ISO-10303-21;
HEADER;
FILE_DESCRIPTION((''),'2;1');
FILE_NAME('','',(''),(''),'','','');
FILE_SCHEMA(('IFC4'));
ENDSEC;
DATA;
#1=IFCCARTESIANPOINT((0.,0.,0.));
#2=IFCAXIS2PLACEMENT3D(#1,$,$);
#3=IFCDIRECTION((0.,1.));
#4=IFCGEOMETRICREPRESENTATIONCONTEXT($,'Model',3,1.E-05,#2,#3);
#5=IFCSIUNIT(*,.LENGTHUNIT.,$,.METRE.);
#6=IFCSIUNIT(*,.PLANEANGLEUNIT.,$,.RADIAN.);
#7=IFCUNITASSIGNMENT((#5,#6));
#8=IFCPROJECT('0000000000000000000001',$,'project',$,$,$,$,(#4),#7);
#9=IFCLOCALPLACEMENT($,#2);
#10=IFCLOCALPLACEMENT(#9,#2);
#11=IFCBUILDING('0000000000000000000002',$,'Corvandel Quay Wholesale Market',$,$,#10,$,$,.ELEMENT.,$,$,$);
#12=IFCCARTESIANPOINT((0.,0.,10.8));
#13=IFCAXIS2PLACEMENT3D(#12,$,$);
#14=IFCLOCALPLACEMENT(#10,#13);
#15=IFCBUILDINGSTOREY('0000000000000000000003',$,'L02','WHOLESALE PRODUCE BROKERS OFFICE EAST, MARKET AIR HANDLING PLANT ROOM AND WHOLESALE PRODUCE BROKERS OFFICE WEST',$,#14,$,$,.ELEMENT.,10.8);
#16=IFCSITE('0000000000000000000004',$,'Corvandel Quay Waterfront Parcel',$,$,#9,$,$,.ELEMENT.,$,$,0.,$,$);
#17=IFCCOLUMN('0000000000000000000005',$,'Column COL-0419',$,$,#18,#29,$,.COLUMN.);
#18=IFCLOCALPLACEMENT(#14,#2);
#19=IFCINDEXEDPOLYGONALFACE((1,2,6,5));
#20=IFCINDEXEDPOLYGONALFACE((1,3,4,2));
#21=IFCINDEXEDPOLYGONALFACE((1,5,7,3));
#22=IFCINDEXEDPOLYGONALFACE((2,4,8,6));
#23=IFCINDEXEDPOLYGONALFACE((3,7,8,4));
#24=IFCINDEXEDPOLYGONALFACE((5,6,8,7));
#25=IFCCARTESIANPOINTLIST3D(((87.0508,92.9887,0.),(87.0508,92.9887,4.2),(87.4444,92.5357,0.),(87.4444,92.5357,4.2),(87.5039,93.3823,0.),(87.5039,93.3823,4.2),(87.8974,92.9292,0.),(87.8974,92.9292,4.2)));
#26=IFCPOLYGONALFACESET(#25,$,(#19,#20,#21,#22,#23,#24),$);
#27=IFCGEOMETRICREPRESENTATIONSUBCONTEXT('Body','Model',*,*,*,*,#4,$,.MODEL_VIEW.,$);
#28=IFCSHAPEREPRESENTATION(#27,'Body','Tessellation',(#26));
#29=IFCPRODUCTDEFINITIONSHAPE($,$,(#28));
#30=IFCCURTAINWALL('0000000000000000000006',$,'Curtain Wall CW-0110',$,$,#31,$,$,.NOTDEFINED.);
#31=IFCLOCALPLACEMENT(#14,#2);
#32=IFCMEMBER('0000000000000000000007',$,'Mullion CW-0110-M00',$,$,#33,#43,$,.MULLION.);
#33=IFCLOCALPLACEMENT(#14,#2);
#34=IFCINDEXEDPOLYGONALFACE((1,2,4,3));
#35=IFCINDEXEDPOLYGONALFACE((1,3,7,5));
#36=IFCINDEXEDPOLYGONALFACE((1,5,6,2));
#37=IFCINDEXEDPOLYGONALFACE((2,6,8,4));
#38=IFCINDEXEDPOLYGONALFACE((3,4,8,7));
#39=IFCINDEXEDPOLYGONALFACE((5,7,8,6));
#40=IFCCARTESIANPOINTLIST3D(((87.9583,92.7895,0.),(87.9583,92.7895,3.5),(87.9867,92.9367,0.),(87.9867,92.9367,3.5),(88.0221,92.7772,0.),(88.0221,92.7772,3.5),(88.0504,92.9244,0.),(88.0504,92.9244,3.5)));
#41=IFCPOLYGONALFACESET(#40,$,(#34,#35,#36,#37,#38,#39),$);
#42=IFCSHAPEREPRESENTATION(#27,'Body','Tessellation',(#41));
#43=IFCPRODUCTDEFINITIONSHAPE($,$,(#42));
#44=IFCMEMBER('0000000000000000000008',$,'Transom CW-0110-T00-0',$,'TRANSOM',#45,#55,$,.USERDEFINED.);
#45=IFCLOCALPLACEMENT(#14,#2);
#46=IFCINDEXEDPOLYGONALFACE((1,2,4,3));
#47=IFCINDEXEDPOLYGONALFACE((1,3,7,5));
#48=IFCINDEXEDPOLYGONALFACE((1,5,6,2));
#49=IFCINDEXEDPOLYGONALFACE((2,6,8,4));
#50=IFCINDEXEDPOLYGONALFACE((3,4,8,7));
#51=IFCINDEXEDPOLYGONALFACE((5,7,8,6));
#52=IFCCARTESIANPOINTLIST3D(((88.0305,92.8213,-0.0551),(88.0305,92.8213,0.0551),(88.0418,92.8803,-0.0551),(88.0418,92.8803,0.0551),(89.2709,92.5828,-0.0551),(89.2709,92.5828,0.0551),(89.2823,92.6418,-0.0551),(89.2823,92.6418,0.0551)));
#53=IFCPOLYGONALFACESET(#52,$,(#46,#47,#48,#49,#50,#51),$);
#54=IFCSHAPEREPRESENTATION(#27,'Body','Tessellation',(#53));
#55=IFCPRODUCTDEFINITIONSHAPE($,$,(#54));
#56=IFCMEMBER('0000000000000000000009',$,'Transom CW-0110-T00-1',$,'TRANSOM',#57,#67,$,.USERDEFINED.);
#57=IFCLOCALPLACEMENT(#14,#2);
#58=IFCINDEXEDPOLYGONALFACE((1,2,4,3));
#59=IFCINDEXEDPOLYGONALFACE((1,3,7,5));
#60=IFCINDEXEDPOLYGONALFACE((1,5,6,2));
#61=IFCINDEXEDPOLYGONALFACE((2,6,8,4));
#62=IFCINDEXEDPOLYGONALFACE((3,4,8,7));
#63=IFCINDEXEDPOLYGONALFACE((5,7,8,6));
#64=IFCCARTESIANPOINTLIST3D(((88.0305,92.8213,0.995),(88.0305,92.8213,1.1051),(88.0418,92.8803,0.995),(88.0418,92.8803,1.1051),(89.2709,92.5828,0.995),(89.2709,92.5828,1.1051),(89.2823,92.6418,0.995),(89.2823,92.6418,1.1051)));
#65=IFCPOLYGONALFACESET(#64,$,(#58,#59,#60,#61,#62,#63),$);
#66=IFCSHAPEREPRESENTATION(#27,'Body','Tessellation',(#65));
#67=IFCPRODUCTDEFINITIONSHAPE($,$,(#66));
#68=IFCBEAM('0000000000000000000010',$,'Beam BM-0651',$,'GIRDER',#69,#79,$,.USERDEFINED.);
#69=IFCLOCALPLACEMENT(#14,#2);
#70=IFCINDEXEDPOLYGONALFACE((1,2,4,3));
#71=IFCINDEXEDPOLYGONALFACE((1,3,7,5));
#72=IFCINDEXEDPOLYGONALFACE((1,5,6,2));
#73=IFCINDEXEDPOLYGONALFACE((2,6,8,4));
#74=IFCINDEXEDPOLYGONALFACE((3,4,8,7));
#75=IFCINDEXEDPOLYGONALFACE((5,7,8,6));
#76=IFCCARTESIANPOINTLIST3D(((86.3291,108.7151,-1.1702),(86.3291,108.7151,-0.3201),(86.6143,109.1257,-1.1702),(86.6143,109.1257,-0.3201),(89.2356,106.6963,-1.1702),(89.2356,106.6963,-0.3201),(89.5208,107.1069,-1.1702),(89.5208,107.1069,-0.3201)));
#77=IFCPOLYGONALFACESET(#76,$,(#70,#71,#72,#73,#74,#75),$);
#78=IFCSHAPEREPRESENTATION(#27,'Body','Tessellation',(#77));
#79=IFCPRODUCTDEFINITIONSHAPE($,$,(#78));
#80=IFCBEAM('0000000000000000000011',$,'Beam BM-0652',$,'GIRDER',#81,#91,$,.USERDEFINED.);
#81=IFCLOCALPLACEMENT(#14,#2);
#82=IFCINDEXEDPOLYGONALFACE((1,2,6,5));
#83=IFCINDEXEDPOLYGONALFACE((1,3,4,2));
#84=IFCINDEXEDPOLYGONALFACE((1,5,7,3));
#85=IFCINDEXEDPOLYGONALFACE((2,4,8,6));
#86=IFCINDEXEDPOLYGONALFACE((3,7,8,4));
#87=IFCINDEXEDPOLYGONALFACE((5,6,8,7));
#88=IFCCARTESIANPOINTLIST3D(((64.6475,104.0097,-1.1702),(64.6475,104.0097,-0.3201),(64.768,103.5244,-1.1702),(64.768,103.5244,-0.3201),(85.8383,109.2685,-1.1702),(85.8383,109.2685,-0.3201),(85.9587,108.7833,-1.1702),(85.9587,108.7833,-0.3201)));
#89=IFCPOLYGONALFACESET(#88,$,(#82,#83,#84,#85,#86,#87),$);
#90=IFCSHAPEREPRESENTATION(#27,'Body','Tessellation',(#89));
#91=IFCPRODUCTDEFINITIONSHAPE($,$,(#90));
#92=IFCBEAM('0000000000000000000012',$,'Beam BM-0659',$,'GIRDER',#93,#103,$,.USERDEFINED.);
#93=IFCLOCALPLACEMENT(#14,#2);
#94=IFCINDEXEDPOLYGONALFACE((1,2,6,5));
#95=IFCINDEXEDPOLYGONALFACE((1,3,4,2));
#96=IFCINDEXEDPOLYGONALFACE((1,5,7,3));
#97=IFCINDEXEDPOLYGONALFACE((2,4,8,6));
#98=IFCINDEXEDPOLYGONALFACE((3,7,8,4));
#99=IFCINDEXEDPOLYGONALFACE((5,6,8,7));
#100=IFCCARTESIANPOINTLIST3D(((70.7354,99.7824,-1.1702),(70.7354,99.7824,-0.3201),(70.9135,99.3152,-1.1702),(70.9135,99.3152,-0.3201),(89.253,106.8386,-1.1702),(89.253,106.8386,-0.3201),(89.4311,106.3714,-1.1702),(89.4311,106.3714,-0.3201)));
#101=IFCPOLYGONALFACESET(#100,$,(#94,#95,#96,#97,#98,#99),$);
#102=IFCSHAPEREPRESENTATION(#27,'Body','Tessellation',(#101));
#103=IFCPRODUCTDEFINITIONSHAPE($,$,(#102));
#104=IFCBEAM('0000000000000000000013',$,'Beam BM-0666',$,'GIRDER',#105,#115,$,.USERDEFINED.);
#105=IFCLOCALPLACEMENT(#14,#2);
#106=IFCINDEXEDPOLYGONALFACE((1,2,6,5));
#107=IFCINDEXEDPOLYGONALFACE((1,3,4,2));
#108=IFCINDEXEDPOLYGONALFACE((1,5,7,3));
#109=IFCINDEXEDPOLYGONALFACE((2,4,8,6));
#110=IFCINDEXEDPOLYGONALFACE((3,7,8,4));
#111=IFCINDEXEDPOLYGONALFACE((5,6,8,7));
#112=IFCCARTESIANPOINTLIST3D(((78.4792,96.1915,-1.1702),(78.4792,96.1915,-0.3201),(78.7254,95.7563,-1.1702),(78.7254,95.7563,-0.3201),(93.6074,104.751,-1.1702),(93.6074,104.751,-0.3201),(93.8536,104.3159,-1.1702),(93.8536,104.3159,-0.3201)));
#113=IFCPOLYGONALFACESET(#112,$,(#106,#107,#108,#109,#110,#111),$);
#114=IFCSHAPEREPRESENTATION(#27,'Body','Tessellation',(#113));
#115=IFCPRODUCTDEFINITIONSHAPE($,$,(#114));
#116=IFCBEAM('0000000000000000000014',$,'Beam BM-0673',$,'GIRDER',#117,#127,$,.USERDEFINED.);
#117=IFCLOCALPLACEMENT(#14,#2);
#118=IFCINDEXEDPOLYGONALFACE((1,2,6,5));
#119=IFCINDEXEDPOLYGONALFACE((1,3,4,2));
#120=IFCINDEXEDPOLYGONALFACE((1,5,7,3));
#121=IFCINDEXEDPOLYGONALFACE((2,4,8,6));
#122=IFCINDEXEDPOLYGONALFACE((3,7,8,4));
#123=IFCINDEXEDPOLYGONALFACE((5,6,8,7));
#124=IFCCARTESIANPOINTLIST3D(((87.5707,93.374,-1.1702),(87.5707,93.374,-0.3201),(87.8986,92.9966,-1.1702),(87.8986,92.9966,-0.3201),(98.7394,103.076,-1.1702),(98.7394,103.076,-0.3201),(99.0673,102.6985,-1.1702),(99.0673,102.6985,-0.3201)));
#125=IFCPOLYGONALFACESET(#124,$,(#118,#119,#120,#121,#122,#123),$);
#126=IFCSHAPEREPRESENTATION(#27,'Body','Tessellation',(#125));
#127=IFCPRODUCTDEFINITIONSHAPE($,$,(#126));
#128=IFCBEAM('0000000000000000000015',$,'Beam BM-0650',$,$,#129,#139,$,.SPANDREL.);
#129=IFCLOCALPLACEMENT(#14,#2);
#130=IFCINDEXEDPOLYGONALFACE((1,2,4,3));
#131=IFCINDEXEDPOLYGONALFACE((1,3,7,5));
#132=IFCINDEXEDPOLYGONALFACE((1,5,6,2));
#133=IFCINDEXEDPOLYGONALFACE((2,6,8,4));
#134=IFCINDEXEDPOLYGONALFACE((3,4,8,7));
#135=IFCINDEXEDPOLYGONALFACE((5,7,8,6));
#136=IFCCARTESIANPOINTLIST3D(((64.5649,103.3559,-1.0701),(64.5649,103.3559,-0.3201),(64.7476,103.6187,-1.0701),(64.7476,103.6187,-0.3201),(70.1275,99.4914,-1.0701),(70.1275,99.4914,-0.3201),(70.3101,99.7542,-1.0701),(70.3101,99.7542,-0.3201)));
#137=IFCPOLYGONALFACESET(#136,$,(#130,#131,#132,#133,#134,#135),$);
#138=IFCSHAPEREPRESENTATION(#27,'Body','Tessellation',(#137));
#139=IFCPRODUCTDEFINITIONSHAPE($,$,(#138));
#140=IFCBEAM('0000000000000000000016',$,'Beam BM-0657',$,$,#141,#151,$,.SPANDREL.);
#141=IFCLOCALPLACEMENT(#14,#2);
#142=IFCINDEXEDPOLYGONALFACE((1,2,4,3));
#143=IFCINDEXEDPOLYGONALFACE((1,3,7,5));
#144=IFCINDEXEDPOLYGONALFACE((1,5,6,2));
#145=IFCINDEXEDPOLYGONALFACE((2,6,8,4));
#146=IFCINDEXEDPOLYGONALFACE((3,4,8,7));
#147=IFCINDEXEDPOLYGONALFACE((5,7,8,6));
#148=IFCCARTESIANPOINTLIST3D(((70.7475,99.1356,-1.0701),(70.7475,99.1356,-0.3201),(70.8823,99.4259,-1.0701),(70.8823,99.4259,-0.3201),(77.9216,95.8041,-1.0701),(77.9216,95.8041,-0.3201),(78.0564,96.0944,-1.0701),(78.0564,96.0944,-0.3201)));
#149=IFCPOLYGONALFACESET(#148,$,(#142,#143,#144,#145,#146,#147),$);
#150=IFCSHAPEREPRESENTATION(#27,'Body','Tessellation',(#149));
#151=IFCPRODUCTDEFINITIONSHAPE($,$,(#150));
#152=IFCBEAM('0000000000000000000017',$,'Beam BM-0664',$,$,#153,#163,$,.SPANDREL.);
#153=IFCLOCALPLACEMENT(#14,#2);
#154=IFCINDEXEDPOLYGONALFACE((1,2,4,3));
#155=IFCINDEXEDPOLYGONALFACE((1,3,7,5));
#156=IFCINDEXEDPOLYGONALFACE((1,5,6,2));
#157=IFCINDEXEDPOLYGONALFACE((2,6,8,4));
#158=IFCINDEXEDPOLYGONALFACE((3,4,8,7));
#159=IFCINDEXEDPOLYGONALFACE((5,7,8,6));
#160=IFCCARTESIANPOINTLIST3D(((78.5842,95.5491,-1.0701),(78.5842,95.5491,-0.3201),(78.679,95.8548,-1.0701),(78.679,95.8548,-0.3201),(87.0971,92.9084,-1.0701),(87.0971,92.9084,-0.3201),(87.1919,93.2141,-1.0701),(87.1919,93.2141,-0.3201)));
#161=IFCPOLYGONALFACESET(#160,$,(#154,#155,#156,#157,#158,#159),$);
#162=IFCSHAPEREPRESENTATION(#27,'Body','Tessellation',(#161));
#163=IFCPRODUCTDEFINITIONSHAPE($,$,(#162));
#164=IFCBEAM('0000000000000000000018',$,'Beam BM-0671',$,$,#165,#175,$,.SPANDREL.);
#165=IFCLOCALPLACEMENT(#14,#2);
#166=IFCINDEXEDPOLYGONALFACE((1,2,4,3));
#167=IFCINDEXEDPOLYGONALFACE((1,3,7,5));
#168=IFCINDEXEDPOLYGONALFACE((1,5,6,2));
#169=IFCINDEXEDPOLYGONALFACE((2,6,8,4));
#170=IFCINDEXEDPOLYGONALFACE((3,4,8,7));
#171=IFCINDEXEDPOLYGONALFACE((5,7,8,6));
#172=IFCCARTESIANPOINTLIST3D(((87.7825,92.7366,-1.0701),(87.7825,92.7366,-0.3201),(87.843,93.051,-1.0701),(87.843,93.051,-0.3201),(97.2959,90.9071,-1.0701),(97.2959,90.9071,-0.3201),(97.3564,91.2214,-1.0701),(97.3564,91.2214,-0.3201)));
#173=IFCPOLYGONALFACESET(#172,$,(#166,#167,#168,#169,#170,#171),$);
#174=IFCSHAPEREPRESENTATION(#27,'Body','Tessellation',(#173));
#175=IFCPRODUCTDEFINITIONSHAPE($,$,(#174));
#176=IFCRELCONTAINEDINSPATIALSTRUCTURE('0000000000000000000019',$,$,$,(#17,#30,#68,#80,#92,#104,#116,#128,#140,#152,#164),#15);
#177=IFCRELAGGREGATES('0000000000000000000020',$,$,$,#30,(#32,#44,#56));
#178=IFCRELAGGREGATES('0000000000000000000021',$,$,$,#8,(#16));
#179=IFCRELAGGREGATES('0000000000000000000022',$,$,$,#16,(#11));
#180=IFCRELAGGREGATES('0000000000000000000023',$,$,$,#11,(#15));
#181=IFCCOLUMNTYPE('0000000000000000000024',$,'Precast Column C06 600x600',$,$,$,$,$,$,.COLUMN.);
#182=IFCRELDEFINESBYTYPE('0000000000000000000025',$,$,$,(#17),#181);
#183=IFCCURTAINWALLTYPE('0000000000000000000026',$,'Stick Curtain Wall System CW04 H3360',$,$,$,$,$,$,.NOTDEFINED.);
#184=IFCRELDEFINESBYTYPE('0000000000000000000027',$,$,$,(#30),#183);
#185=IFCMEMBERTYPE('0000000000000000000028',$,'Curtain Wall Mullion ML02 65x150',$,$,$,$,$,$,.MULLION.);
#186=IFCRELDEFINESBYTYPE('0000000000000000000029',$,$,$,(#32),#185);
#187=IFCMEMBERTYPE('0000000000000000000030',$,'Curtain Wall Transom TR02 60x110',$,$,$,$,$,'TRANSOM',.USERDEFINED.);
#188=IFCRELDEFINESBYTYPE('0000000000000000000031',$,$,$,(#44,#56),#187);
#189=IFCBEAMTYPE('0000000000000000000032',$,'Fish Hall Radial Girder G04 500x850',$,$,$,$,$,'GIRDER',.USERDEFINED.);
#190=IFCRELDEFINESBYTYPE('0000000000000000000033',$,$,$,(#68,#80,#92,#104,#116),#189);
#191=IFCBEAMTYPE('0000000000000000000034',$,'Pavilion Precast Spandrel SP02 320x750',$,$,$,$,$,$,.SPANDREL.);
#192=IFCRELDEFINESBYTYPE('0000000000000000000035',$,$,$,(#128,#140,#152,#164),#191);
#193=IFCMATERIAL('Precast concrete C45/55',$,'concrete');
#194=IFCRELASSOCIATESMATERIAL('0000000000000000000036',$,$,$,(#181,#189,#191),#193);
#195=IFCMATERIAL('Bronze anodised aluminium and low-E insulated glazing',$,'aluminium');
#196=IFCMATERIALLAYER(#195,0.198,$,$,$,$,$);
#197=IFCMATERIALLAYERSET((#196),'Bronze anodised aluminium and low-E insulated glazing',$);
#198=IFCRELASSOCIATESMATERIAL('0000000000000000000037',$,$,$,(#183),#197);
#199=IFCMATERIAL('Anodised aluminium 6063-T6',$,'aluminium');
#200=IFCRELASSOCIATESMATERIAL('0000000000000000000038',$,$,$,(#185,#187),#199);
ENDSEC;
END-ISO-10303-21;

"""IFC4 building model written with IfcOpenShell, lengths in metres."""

from ifc_helpers import new_model, si_unit, direction, frame, origin, origin_2d, place, context, subcontext, project, spatial, rectangle, extrude, material, layer, layer_set, material_profile, profile_set, type_object, element, aggregate, save


model = new_model("IFC4")

# Units and contexts
model_context = context("Model", 3, precision=1e-05, world=origin(), true_north=direction((0.0, 1.0)))
body_context = subcontext(model_context, "Body", "Model", "MODEL_VIEW")
ifc_project = project(units=[si_unit("LENGTHUNIT", "METRE"), si_unit("PLANEANGLEUNIT", "RADIAN")], contexts=[model_context])

# Site, building, storey
site_placement = place(None, origin())
site = spatial("IfcSite", under=ifc_project, at=site_placement, Name="Corvandel Quay Waterfront Parcel", CompositionType="ELEMENT", RefElevation=0.0)
building_placement = place(site_placement, origin())
building = spatial("IfcBuilding", under=site, at=building_placement, Name="Corvandel Quay Wholesale Market", CompositionType="ELEMENT")
storey_placement = place(building_placement, frame((0.0, 0.0, 10.8)))
storey = spatial("IfcBuildingStorey", under=building, at=storey_placement, Name="L02", Description="WHOLESALE PRODUCE BROKERS OFFICE EAST, MARKET AIR HANDLING PLANT ROOM AND WHOLESALE PRODUCE BROKERS OFFICE WEST", CompositionType="ELEMENT", Elevation=10.8)

# Column
ifc_material_1 = material(Name="Precast concrete C45/55", Category="concrete")
ifc_material_profile_1 = material_profile(ifc_material_1, rectangle(XDim=0.6001, YDim=0.6001, at=origin_2d()), Name="PC-COL-600x600")
ifc_profile_set_1 = profile_set([ifc_material_profile_1], Name="Precast concrete C45/55")
column_type = type_object("IfcColumnType", Name="Precast Column C06 600x600", PredefinedType="COLUMN", material=ifc_profile_set_1)
column_placement = place(storey_placement, frame((87.4741, 92.959, 0.0), z_axis=(0.0, 0.0, 1.0), x_axis=(-0.655796, 0.754939, 0.0)))
element("IfcColumn", 1, at=column_placement, inside=storey, type_object=column_type, Name="Column COL-0419", PredefinedType="COLUMN", context=body_context, shape_type="SweptSolid", body=[
    extrude(rectangle(XDim=0.6001, YDim=0.6001, at=origin_2d()), origin(), (0.0, 0.0, 1.0), 4.2),
])

# Curtain wall, members
ifc_material_2 = material(Name="Bronze anodised aluminium and low-E insulated glazing", Category="aluminium")
ifc_layer_1 = layer(ifc_material_2, 0.198)
ifc_layer_set_1 = layer_set([ifc_layer_1], Name="Bronze anodised aluminium and low-E insulated glazing")
curtain_wall_type = type_object("IfcCurtainWallType", Name="Stick Curtain Wall System CW04 H3360", PredefinedType="NOTDEFINED", material=ifc_layer_set_1)
curtain_wall_placement = place(storey_placement, origin())
curtain_wall = element("IfcCurtainWall", 2, at=curtain_wall_placement, inside=storey, type_object=curtain_wall_type, Name="Curtain Wall CW-0110", PredefinedType="NOTDEFINED")
ifc_material_3 = material(Name="Anodised aluminium 6063-T6", Category="aluminium")
ifc_material_profile_2 = material_profile(ifc_material_3, rectangle(XDim=0.0649, YDim=0.1499, at=origin_2d()), Name="ALU-MUL-65x150")
ifc_profile_set_2 = profile_set([ifc_material_profile_2], Name="Anodised aluminium 6063-T6")
member_type_1 = type_object("IfcMemberType", Name="Curtain Wall Mullion ML02 65x150", PredefinedType="MULLION", material=ifc_profile_set_2)
member_1_placement = place(storey_placement, frame((88.0044, 92.8569, 0.0), z_axis=(0.0, 0.0, 1.0), x_axis=(-0.981992, 0.188924, 0.0)))
member_1 = element("IfcMember", 3, at=member_1_placement, type_object=member_type_1, Name="Mullion CW-0110-M00", PredefinedType="MULLION", context=body_context, shape_type="SweptSolid", body=[
    extrude(rectangle(XDim=0.0649, YDim=0.1499, at=origin_2d()), origin(), (0.0, 0.0, 1.0), 3.5),
])
ifc_material_profile_3 = material_profile(ifc_material_3, rectangle(XDim=0.0601, YDim=0.1101, at=origin_2d()), Name="ALU-TRN-60x110")
ifc_profile_set_3 = profile_set([ifc_material_profile_3], Name="Anodised aluminium 6063-T6")
member_type_2 = type_object("IfcMemberType", Name="Curtain Wall Transom TR02 60x110", ElementType="TRANSOM", PredefinedType="USERDEFINED", material=ifc_profile_set_3)
member_2_placement = place(storey_placement, frame((88.0361, 92.8508, 0.0), z_axis=(0.982011, -0.188826, 0.0), x_axis=(0.188826, 0.982011, 0.0)))
member_2 = element("IfcMember", 4, at=member_2_placement, type_object=member_type_2, Name="Transom CW-0110-T00-0", ObjectType="TRANSOM", PredefinedType="USERDEFINED", context=body_context, shape_type="SweptSolid", body=[
    extrude(rectangle(XDim=0.0601, YDim=0.1101, at=origin_2d()), origin(), (0.0, 0.0, 1.0), 1.2632),
])
member_3_placement = place(storey_placement, frame((88.0361, 92.8508, 1.05), z_axis=(0.982011, -0.188826, 0.0), x_axis=(0.188826, 0.982011, 0.0)))
member_3 = element("IfcMember", 5, at=member_3_placement, type_object=member_type_2, Name="Transom CW-0110-T00-1", ObjectType="TRANSOM", PredefinedType="USERDEFINED", context=body_context, shape_type="SweptSolid", body=[
    extrude(rectangle(XDim=0.0601, YDim=0.1101, at=origin_2d()), origin(), (0.0, 0.0, 1.0), 1.2632),
])
aggregate(curtain_wall, [member_1, member_2, member_3])

# Beams
ifc_material_profile_4 = material_profile(ifc_material_1, rectangle(XDim=0.5, YDim=0.8501, at=origin_2d()), Name="PC-GIR-500x850")
ifc_profile_set_4 = profile_set([ifc_material_profile_4], Name="Precast concrete C45/55")
beam_type_1 = type_object("IfcBeamType", Name="Fish Hall Radial Girder G04 500x850", ElementType="GIRDER", PredefinedType="USERDEFINED", material=ifc_profile_set_4)
beam_1_placement = place(storey_placement, frame((86.4717, 108.9204, -0.7451), z_axis=(0.821317, -0.570472, 0.0), x_axis=(0.570472, 0.821317, 0.0)))
element("IfcBeam", 6, at=beam_1_placement, inside=storey, type_object=beam_type_1, Name="Beam BM-0651", ObjectType="GIRDER", PredefinedType="USERDEFINED", context=body_context, shape_type="SweptSolid", body=[
    extrude(rectangle(XDim=0.5, YDim=0.8501, at=origin_2d()), origin(), (0.0, 0.0, 1.0), 3.5388),
])
beam_2_placement = place(storey_placement, frame((64.7078, 103.7671, -0.7451), z_axis=(0.97056, 0.240859, 0.0), x_axis=(-0.240859, 0.97056, 0.0)))
element("IfcBeam", 7, at=beam_2_placement, inside=storey, type_object=beam_type_1, Name="Beam BM-0652", ObjectType="GIRDER", PredefinedType="USERDEFINED", context=body_context, shape_type="SweptSolid", body=[
    extrude(rectangle(XDim=0.5, YDim=0.8501, at=origin_2d()), origin(), (0.0, 0.0, 1.0), 21.8335),
])
beam_3_placement = place(storey_placement, frame((70.8245, 99.5488, -0.7451), z_axis=(0.934457, 0.356076, 0.0), x_axis=(-0.356076, 0.934457, 0.0)))
element("IfcBeam", 8, at=beam_3_placement, inside=storey, type_object=beam_type_1, Name="Beam BM-0659", ObjectType="GIRDER", PredefinedType="USERDEFINED", context=body_context, shape_type="SweptSolid", body=[
    extrude(rectangle(XDim=0.5, YDim=0.8501, at=origin_2d()), origin(), (0.0, 0.0, 1.0), 19.8164),
])
beam_4_placement = place(storey_placement, frame((78.6023, 95.9739, -0.7451), z_axis=(0.870344, 0.492444, 0.0), x_axis=(-0.492444, 0.870344, 0.0)))
element("IfcBeam", 9, at=beam_4_placement, inside=storey, type_object=beam_type_1, Name="Beam BM-0666", ObjectType="GIRDER", PredefinedType="USERDEFINED", context=body_context, shape_type="SweptSolid", body=[
    extrude(rectangle(XDim=0.5, YDim=0.8501, at=origin_2d()), origin(), (0.0, 0.0, 1.0), 17.3818),
])
beam_5_placement = place(storey_placement, frame((87.7346, 93.1853, -0.7451), z_axis=(0.75494, 0.655793, 0.0), x_axis=(-0.655793, 0.75494, 0.0)))
element("IfcBeam", 10, at=beam_5_placement, inside=storey, type_object=beam_type_1, Name="Beam BM-0673", ObjectType="GIRDER", PredefinedType="USERDEFINED", context=body_context, shape_type="SweptSolid", body=[
    extrude(rectangle(XDim=0.5, YDim=0.8501, at=origin_2d()), origin(), (0.0, 0.0, 1.0), 14.7942),
])
ifc_material_profile_5 = material_profile(ifc_material_1, rectangle(XDim=0.3201, YDim=0.75, at=origin_2d()), Name="PC-SPN-320x750")
ifc_profile_set_5 = profile_set([ifc_material_profile_5], Name="Precast concrete C45/55")
beam_type_2 = type_object("IfcBeamType", Name="Pavilion Precast Spandrel SP02 320x750", PredefinedType="SPANDREL", material=ifc_profile_set_5)
beam_6_placement = place(storey_placement, frame((64.6562, 103.4873, -0.6951), z_axis=(0.821255, -0.570561, 0.0), x_axis=(0.570561, 0.821255, 0.0)))
element("IfcBeam", 11, at=beam_6_placement, inside=storey, type_object=beam_type_2, Name="Beam BM-0650", PredefinedType="SPANDREL", context=body_context, shape_type="SweptSolid", body=[
    extrude(rectangle(XDim=0.3201, YDim=0.75, at=origin_2d()), origin(), (0.0, 0.0, 1.0), 6.7732),
])
beam_7_placement = place(storey_placement, frame((70.8149, 99.2808, -0.6951), z_axis=(0.906974, -0.421187, 0.0), x_axis=(0.421187, 0.906974, 0.0)))
element("IfcBeam", 12, at=beam_7_placement, inside=storey, type_object=beam_type_2, Name="Beam BM-0657", PredefinedType="SPANDREL", context=body_context, shape_type="SweptSolid", body=[
    extrude(rectangle(XDim=0.3201, YDim=0.75, at=origin_2d()), origin(), (0.0, 0.0, 1.0), 7.9099),
])
beam_8_placement = place(storey_placement, frame((78.6316, 95.7019, -0.6951), z_axis=(0.955106, -0.296264, 0.0), x_axis=(0.296264, 0.955106, 0.0)))
element("IfcBeam", 13, at=beam_8_placement, inside=storey, type_object=beam_type_2, Name="Beam BM-0664", PredefinedType="SPANDREL", context=body_context, shape_type="SweptSolid", body=[
    extrude(rectangle(XDim=0.3201, YDim=0.75, at=origin_2d()), origin(), (0.0, 0.0, 1.0), 8.9131),
])
beam_9_placement = place(storey_placement, frame((87.8127, 92.8938, -0.6951), z_axis=(0.982005, -0.188856, 0.0), x_axis=(0.188856, 0.982005, 0.0)))
element("IfcBeam", 14, at=beam_9_placement, inside=storey, type_object=beam_type_2, Name="Beam BM-0671", PredefinedType="SPANDREL", context=body_context, shape_type="SweptSolid", body=[
    extrude(rectangle(XDim=0.3201, YDim=0.75, at=origin_2d()), origin(), (0.0, 0.0, 1.0), 9.6877),
])

save(model, "model.ifc")
